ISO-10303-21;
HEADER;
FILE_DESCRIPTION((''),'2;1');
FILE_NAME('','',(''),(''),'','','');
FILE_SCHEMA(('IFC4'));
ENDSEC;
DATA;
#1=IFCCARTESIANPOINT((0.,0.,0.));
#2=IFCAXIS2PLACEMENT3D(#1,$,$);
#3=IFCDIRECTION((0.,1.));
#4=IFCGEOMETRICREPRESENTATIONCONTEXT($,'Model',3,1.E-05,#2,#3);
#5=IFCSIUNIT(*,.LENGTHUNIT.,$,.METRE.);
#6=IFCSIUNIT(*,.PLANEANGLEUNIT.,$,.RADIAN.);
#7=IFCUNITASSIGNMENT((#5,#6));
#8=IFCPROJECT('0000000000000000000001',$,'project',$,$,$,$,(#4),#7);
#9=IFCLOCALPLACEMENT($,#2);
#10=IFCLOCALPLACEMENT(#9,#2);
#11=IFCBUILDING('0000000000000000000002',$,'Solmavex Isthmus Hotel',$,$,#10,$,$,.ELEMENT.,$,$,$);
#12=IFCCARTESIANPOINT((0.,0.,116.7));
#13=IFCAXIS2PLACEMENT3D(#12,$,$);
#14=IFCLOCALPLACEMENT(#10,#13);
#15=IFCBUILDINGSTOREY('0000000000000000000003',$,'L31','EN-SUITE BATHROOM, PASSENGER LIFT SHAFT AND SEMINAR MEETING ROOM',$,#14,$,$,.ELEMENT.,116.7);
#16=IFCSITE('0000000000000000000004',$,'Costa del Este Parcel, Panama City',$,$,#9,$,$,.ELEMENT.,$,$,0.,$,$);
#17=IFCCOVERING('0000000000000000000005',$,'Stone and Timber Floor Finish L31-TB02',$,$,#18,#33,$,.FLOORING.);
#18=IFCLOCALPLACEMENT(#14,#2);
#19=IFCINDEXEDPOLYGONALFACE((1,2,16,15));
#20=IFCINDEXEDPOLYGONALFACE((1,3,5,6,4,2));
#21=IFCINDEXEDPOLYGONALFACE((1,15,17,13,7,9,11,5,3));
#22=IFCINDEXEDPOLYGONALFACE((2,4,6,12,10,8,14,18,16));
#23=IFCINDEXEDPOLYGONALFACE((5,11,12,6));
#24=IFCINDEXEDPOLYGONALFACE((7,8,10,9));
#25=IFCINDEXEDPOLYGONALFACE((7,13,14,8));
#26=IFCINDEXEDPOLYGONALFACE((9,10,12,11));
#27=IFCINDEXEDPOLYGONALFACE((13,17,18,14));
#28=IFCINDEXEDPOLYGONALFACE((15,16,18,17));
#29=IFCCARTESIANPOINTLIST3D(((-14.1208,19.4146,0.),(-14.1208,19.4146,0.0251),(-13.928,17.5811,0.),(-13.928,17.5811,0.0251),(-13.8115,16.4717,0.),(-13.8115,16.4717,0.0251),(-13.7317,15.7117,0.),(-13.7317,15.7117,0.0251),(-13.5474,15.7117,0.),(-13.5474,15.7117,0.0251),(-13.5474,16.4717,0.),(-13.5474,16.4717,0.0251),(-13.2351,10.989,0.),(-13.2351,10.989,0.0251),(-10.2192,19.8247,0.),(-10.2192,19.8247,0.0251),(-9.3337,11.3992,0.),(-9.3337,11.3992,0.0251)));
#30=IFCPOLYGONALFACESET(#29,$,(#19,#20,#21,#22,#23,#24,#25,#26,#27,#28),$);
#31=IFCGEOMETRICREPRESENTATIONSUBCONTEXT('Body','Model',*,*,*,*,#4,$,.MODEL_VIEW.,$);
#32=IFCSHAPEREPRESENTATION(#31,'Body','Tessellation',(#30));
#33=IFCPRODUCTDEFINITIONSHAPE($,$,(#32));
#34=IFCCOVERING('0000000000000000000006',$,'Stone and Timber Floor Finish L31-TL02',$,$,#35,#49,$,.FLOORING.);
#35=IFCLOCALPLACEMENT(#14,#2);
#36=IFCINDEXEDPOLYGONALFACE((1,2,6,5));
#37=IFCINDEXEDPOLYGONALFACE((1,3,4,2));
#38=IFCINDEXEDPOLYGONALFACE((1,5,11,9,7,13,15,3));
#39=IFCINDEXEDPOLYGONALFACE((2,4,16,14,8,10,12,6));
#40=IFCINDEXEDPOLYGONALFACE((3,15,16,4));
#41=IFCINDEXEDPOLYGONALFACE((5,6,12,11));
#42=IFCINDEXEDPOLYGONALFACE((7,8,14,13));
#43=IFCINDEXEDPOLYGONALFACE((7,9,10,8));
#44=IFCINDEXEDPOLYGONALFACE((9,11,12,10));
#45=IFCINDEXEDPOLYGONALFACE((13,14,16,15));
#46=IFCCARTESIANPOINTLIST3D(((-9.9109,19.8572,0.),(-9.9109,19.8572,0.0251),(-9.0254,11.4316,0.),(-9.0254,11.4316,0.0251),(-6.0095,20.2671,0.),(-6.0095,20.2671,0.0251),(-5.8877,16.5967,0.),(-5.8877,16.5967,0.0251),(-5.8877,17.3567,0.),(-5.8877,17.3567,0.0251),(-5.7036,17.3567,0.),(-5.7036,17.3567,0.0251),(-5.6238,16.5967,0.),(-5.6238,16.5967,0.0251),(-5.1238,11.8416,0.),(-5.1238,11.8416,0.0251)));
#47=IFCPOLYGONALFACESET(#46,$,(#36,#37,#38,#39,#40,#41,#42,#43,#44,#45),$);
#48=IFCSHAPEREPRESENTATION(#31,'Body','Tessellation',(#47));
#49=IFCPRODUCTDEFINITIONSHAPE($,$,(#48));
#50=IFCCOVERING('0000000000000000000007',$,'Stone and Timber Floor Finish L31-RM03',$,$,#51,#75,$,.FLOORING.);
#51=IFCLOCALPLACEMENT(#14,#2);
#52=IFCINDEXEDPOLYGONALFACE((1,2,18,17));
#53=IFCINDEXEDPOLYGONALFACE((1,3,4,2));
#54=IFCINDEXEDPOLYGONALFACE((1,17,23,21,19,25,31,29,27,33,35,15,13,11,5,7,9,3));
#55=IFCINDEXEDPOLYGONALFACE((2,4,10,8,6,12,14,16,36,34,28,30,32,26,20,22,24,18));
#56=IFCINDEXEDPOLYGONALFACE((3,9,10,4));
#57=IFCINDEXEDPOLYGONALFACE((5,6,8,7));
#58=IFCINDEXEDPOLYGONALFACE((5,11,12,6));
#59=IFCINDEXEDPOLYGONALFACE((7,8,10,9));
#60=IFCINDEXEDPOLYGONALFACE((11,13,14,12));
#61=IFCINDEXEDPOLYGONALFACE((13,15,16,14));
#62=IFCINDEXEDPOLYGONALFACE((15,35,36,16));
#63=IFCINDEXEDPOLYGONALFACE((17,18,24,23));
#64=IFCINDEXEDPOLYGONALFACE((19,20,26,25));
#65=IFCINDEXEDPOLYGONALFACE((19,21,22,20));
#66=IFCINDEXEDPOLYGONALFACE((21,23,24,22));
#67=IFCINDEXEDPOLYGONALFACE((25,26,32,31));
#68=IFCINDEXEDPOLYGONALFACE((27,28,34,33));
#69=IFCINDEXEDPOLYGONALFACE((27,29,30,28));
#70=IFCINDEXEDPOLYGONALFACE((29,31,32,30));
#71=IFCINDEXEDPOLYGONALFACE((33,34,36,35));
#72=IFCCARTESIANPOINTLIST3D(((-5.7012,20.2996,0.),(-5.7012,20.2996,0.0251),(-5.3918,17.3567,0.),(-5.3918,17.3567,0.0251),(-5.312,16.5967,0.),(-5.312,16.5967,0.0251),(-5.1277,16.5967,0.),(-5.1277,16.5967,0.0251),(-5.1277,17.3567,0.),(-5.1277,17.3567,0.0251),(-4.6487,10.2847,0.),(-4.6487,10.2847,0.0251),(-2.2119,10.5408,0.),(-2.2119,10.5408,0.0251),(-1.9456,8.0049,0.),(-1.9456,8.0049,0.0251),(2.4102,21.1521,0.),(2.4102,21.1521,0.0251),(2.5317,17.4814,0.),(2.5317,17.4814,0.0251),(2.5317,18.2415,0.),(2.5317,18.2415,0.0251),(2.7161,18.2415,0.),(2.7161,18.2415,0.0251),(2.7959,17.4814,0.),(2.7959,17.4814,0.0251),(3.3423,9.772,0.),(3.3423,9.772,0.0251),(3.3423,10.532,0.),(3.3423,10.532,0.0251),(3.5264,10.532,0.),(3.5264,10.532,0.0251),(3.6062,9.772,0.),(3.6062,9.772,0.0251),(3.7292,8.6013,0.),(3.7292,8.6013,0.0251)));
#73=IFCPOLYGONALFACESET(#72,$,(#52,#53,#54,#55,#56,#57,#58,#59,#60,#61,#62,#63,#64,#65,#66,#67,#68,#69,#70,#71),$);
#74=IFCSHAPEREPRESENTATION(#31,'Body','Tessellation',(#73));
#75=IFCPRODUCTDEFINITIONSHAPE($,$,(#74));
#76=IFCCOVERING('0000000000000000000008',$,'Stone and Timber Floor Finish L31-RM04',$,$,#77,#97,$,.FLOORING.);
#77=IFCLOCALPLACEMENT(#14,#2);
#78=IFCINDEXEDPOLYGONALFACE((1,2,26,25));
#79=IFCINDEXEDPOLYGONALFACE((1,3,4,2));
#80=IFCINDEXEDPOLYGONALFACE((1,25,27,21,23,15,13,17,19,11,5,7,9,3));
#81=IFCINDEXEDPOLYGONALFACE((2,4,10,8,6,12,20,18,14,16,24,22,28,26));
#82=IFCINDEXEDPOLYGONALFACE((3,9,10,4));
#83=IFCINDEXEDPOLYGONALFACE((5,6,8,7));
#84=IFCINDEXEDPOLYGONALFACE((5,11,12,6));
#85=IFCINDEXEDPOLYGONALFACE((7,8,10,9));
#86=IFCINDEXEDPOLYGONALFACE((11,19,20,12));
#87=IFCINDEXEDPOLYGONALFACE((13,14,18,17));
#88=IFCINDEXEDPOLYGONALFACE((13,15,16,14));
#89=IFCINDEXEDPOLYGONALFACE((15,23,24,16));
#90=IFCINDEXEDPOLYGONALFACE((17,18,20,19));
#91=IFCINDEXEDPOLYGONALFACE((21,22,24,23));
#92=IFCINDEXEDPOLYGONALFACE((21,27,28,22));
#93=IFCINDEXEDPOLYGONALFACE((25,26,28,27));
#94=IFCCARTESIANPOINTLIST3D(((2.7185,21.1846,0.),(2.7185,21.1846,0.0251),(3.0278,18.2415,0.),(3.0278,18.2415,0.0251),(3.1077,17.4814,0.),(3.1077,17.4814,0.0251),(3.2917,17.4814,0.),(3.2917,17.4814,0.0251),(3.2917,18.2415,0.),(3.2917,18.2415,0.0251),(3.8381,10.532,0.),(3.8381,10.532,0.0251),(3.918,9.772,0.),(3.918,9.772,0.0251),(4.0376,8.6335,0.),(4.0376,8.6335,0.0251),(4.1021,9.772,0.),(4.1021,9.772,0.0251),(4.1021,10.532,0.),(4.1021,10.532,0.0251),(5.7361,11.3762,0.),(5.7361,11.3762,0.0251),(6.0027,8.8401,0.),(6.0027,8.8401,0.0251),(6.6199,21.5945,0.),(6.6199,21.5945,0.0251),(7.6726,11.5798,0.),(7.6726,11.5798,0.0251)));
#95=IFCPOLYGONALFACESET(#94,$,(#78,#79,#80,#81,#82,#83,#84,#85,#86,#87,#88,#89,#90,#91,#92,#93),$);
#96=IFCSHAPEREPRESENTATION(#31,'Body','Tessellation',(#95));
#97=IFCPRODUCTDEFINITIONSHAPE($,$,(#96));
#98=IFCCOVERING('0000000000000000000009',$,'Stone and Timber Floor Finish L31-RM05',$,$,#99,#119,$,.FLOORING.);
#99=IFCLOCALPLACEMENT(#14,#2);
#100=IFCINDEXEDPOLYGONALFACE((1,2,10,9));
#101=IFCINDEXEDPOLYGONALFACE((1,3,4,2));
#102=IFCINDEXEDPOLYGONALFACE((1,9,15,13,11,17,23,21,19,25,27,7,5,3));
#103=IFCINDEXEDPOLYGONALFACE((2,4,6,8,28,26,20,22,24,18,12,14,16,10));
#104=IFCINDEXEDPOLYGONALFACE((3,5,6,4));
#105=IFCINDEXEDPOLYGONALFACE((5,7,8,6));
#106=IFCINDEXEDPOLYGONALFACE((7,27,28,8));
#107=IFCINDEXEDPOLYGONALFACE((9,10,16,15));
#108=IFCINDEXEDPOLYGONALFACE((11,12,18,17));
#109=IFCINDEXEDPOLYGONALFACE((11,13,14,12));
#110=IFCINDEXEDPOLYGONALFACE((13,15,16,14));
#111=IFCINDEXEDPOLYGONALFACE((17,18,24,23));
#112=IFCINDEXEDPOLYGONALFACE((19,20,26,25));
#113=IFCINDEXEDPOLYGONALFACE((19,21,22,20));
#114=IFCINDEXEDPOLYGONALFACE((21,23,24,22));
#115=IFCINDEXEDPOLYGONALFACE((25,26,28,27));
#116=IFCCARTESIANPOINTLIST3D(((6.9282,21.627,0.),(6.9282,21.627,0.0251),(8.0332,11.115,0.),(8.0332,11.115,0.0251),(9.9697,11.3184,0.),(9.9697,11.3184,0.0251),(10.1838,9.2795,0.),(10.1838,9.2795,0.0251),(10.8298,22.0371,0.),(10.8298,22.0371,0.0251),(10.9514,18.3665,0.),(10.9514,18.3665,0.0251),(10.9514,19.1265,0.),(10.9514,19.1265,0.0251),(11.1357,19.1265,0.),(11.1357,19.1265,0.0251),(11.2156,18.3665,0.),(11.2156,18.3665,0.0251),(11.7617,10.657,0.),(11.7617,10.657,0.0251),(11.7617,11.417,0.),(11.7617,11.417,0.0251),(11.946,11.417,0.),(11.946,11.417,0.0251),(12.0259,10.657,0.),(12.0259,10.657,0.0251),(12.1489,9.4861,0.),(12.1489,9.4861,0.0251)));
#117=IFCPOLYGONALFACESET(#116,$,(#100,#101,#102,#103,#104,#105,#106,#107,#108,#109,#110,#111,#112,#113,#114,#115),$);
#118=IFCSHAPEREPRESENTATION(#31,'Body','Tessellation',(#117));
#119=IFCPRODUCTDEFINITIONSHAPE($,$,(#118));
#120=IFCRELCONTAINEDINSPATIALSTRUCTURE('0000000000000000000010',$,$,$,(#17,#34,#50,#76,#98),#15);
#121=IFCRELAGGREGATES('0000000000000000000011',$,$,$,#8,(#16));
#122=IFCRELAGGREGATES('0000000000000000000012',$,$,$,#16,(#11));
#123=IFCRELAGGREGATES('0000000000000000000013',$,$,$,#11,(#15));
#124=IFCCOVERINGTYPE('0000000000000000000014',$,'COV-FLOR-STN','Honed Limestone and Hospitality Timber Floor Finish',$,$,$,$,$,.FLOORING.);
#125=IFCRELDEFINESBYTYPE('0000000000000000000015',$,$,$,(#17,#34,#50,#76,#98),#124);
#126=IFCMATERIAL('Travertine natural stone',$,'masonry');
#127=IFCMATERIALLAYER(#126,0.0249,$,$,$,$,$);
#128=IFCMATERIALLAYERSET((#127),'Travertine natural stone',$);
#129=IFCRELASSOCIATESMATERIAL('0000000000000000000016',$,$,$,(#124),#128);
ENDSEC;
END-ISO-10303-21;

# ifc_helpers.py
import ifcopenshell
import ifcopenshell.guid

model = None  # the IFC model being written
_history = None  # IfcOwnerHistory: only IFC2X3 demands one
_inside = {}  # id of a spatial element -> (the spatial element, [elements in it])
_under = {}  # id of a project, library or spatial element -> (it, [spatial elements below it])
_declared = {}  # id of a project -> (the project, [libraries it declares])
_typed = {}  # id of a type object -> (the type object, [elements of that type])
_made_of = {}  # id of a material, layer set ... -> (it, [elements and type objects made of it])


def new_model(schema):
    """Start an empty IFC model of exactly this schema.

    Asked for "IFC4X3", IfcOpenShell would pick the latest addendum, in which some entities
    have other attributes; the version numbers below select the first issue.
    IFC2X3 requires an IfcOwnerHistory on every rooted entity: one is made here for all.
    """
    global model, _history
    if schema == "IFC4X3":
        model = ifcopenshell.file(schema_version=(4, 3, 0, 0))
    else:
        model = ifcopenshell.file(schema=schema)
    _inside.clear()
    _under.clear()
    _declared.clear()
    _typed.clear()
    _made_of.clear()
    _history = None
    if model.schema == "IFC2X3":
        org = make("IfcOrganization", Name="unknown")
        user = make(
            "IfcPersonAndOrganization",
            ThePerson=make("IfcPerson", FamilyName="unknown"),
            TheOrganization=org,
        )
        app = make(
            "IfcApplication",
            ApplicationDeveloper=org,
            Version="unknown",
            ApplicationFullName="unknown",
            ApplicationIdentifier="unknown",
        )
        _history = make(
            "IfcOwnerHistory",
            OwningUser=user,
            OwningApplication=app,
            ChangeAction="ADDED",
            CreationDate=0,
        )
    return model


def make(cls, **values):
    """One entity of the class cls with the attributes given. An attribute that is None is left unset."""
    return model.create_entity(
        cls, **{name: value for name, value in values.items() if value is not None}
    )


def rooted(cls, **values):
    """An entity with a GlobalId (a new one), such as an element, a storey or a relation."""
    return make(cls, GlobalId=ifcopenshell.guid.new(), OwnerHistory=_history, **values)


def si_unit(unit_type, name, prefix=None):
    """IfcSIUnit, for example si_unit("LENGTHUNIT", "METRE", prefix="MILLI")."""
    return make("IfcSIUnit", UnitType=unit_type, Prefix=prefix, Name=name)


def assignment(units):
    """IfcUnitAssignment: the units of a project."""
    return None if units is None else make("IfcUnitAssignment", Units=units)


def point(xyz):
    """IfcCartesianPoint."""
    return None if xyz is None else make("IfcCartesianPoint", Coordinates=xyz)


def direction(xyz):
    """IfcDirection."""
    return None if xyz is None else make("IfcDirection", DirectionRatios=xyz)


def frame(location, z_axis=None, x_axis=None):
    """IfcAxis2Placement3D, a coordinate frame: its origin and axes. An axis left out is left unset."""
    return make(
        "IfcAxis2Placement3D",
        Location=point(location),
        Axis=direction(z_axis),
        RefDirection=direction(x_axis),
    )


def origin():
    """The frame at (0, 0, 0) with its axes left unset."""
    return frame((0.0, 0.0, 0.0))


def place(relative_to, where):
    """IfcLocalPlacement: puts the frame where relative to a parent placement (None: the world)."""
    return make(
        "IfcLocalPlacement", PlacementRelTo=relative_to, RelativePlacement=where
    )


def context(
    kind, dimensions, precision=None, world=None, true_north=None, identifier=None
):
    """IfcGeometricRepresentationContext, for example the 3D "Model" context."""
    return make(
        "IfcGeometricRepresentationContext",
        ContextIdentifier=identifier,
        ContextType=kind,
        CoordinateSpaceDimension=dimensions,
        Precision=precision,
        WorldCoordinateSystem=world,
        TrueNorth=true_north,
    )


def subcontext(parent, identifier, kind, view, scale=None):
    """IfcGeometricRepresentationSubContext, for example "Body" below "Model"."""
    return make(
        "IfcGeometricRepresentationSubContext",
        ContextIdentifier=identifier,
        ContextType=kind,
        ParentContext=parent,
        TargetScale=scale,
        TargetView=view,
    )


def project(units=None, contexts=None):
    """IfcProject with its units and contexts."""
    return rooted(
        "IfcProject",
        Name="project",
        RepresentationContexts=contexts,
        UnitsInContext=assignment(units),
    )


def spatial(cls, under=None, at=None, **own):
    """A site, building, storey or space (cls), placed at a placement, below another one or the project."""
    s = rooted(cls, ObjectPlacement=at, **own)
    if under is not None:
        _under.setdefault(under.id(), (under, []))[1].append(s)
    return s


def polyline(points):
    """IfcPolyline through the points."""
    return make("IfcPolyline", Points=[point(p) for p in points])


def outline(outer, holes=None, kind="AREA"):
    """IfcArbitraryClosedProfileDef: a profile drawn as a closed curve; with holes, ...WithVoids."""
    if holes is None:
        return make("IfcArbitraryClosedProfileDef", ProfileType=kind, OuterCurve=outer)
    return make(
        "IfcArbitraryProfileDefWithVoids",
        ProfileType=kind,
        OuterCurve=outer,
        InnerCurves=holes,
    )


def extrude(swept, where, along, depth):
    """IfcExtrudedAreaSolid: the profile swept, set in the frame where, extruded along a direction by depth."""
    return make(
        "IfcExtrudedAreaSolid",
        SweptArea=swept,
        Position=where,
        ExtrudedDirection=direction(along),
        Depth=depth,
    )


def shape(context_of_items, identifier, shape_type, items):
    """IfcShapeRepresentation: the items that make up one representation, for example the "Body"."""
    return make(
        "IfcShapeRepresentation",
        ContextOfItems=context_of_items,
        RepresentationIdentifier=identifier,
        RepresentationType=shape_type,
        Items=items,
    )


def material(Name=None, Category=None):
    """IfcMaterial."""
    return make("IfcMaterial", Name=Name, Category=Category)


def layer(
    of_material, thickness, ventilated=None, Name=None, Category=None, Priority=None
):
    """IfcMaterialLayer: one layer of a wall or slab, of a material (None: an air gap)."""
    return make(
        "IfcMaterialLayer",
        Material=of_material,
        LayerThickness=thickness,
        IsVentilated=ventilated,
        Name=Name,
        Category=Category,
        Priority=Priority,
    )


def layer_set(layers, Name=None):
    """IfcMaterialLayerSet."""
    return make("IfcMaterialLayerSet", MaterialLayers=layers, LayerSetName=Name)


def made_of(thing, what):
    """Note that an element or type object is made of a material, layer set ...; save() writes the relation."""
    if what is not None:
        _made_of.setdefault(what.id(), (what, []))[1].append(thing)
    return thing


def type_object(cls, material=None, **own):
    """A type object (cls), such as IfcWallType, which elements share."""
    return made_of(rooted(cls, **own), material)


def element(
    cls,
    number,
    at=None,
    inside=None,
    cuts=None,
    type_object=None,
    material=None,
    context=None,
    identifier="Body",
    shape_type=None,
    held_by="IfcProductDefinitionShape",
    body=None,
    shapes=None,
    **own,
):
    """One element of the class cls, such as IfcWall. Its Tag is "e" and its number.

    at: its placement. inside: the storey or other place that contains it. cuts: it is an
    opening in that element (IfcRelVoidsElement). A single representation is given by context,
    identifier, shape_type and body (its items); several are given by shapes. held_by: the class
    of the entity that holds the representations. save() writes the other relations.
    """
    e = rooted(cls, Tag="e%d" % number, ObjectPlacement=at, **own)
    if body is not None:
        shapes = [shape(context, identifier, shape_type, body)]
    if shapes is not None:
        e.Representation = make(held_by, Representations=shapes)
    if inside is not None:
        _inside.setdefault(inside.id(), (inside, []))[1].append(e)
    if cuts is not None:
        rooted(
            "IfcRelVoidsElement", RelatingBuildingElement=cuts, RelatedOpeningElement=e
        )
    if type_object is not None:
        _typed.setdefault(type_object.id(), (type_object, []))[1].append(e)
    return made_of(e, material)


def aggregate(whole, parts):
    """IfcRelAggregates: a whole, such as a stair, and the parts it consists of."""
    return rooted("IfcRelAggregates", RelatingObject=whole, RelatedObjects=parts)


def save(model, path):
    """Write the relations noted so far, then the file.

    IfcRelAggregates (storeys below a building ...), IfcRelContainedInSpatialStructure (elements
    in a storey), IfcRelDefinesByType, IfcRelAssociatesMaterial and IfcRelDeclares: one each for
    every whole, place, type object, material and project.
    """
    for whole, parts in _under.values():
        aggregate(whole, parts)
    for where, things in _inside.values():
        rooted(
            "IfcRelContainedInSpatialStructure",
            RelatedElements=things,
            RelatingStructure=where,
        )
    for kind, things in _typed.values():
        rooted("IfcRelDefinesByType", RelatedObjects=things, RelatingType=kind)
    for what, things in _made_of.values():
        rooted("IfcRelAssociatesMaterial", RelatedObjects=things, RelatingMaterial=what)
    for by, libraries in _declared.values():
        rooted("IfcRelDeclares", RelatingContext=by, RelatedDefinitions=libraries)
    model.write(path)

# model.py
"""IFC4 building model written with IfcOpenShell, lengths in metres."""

from ifc_helpers import new_model, si_unit, direction, frame, origin, place, context, subcontext, project, spatial, polyline, outline, extrude, material, layer, layer_set, type_object, element, save


model = new_model("IFC4")

# Units and contexts
model_context = context("Model", 3, precision=1e-05, world=origin(), true_north=direction((0.0, 1.0)))
body_context = subcontext(model_context, "Body", "Model", "MODEL_VIEW")
ifc_project = project(units=[si_unit("LENGTHUNIT", "METRE"), si_unit("PLANEANGLEUNIT", "RADIAN")], contexts=[model_context])

# Site, building, storey
site_placement = place(None, origin())
site = spatial("IfcSite", under=ifc_project, at=site_placement, Name="Costa del Este Parcel, Panama City", CompositionType="ELEMENT", RefElevation=0.0)
building_placement = place(site_placement, origin())
building = spatial("IfcBuilding", under=site, at=building_placement, Name="Solmavex Isthmus Hotel", CompositionType="ELEMENT")
storey_placement = place(building_placement, frame((0.0, 0.0, 116.7)))
storey = spatial("IfcBuildingStorey", under=building, at=storey_placement, Name="L31", Description="EN-SUITE BATHROOM, PASSENGER LIFT SHAFT AND SEMINAR MEETING ROOM", CompositionType="ELEMENT", Elevation=116.7)

# Coverings
ifc_material_1 = material(Name="Travertine natural stone", Category="masonry")
ifc_layer_1 = layer(ifc_material_1, 0.0249)
ifc_layer_set_1 = layer_set([ifc_layer_1], Name="Travertine natural stone")
covering_type_1 = type_object("IfcCoveringType", Name="COV-FLOR-STN", Description="Honed Limestone and Hospitality Timber Floor Finish", PredefinedType="FLOORING", material=ifc_layer_set_1)
covering_1_placement = place(storey_placement, origin())
element("IfcCovering", 1, at=covering_1_placement, inside=storey, type_object=covering_type_1, Name="Stone and Timber Floor Finish L31-TB02", PredefinedType="FLOORING", context=body_context, shape_type="SweptSolid", body=[
    extrude(outline(polyline([(-13.8115, 16.4717), (-13.5474, 16.4717), (-13.5474, 15.7117), (-13.7317, 15.7117), (-13.2351, 10.989), (-9.3337, 11.3992), (-10.2192, 19.8247), (-14.1208, 19.4146), (-13.928, 17.5811), (-13.8115, 16.4717)])), origin(), (0.0, 0.0, 1.0), 0.0251),
])
covering_2_placement = place(storey_placement, origin())
element("IfcCovering", 2, at=covering_2_placement, inside=storey, type_object=covering_type_1, Name="Stone and Timber Floor Finish L31-TL02", PredefinedType="FLOORING", context=body_context, shape_type="SweptSolid", body=[
    extrude(outline(polyline([(-5.6238, 16.5967), (-5.8877, 16.5967), (-5.8877, 17.3567), (-5.7036, 17.3567), (-6.0095, 20.2671), (-9.9109, 19.8572), (-9.0254, 11.4316), (-5.1238, 11.8416), (-5.6238, 16.5967)])), origin(), (0.0, 0.0, 1.0), 0.0251),
])
covering_3_placement = place(storey_placement, origin())
element("IfcCovering", 3, at=covering_3_placement, inside=storey, type_object=covering_type_1, Name="Stone and Timber Floor Finish L31-RM03", PredefinedType="FLOORING", context=body_context, shape_type="SweptSolid", body=[
    extrude(outline(polyline([(-5.3918, 17.3567), (-5.1277, 17.3567), (-5.1277, 16.5967), (-5.312, 16.5967), (-4.6487, 10.2847), (-2.2119, 10.5408), (-1.9456, 8.0049), (3.7292, 8.6013), (3.6062, 9.772), (3.3423, 9.772), (3.3423, 10.532), (3.5264, 10.532), (2.7959, 17.4814), (2.5317, 17.4814), (2.5317, 18.2415), (2.7161, 18.2415), (2.4102, 21.1521), (-5.7012, 20.2996), (-5.3918, 17.3567)])), origin(), (0.0, 0.0, 1.0), 0.0251),
])
covering_4_placement = place(storey_placement, origin())
element("IfcCovering", 4, at=covering_4_placement, inside=storey, type_object=covering_type_1, Name="Stone and Timber Floor Finish L31-RM04", PredefinedType="FLOORING", context=body_context, shape_type="SweptSolid", body=[
    extrude(outline(polyline([(3.8381, 10.532), (4.1021, 10.532), (4.1021, 9.772), (3.918, 9.772), (4.0376, 8.6335), (6.0027, 8.8401), (5.7361, 11.3762), (7.6726, 11.5798), (6.6199, 21.5945), (2.7185, 21.1846), (3.0278, 18.2415), (3.2917, 18.2415), (3.2917, 17.4814), (3.1077, 17.4814), (3.8381, 10.532)])), origin(), (0.0, 0.0, 1.0), 0.0251),
])
covering_5_placement = place(storey_placement, origin())
element("IfcCovering", 5, at=covering_5_placement, inside=storey, type_object=covering_type_1, Name="Stone and Timber Floor Finish L31-RM05", PredefinedType="FLOORING", context=body_context, shape_type="SweptSolid", body=[
    extrude(outline(polyline([(11.2156, 18.3665), (10.9514, 18.3665), (10.9514, 19.1265), (11.1357, 19.1265), (10.8298, 22.0371), (6.9282, 21.627), (8.0332, 11.115), (9.9697, 11.3184), (10.1838, 9.2795), (12.1489, 9.4861), (12.0259, 10.657), (11.7617, 10.657), (11.7617, 11.417), (11.946, 11.417), (11.2156, 18.3665)])), origin(), (0.0, 0.0, 1.0), 0.0251),
])

save(model, "model.ifc")
